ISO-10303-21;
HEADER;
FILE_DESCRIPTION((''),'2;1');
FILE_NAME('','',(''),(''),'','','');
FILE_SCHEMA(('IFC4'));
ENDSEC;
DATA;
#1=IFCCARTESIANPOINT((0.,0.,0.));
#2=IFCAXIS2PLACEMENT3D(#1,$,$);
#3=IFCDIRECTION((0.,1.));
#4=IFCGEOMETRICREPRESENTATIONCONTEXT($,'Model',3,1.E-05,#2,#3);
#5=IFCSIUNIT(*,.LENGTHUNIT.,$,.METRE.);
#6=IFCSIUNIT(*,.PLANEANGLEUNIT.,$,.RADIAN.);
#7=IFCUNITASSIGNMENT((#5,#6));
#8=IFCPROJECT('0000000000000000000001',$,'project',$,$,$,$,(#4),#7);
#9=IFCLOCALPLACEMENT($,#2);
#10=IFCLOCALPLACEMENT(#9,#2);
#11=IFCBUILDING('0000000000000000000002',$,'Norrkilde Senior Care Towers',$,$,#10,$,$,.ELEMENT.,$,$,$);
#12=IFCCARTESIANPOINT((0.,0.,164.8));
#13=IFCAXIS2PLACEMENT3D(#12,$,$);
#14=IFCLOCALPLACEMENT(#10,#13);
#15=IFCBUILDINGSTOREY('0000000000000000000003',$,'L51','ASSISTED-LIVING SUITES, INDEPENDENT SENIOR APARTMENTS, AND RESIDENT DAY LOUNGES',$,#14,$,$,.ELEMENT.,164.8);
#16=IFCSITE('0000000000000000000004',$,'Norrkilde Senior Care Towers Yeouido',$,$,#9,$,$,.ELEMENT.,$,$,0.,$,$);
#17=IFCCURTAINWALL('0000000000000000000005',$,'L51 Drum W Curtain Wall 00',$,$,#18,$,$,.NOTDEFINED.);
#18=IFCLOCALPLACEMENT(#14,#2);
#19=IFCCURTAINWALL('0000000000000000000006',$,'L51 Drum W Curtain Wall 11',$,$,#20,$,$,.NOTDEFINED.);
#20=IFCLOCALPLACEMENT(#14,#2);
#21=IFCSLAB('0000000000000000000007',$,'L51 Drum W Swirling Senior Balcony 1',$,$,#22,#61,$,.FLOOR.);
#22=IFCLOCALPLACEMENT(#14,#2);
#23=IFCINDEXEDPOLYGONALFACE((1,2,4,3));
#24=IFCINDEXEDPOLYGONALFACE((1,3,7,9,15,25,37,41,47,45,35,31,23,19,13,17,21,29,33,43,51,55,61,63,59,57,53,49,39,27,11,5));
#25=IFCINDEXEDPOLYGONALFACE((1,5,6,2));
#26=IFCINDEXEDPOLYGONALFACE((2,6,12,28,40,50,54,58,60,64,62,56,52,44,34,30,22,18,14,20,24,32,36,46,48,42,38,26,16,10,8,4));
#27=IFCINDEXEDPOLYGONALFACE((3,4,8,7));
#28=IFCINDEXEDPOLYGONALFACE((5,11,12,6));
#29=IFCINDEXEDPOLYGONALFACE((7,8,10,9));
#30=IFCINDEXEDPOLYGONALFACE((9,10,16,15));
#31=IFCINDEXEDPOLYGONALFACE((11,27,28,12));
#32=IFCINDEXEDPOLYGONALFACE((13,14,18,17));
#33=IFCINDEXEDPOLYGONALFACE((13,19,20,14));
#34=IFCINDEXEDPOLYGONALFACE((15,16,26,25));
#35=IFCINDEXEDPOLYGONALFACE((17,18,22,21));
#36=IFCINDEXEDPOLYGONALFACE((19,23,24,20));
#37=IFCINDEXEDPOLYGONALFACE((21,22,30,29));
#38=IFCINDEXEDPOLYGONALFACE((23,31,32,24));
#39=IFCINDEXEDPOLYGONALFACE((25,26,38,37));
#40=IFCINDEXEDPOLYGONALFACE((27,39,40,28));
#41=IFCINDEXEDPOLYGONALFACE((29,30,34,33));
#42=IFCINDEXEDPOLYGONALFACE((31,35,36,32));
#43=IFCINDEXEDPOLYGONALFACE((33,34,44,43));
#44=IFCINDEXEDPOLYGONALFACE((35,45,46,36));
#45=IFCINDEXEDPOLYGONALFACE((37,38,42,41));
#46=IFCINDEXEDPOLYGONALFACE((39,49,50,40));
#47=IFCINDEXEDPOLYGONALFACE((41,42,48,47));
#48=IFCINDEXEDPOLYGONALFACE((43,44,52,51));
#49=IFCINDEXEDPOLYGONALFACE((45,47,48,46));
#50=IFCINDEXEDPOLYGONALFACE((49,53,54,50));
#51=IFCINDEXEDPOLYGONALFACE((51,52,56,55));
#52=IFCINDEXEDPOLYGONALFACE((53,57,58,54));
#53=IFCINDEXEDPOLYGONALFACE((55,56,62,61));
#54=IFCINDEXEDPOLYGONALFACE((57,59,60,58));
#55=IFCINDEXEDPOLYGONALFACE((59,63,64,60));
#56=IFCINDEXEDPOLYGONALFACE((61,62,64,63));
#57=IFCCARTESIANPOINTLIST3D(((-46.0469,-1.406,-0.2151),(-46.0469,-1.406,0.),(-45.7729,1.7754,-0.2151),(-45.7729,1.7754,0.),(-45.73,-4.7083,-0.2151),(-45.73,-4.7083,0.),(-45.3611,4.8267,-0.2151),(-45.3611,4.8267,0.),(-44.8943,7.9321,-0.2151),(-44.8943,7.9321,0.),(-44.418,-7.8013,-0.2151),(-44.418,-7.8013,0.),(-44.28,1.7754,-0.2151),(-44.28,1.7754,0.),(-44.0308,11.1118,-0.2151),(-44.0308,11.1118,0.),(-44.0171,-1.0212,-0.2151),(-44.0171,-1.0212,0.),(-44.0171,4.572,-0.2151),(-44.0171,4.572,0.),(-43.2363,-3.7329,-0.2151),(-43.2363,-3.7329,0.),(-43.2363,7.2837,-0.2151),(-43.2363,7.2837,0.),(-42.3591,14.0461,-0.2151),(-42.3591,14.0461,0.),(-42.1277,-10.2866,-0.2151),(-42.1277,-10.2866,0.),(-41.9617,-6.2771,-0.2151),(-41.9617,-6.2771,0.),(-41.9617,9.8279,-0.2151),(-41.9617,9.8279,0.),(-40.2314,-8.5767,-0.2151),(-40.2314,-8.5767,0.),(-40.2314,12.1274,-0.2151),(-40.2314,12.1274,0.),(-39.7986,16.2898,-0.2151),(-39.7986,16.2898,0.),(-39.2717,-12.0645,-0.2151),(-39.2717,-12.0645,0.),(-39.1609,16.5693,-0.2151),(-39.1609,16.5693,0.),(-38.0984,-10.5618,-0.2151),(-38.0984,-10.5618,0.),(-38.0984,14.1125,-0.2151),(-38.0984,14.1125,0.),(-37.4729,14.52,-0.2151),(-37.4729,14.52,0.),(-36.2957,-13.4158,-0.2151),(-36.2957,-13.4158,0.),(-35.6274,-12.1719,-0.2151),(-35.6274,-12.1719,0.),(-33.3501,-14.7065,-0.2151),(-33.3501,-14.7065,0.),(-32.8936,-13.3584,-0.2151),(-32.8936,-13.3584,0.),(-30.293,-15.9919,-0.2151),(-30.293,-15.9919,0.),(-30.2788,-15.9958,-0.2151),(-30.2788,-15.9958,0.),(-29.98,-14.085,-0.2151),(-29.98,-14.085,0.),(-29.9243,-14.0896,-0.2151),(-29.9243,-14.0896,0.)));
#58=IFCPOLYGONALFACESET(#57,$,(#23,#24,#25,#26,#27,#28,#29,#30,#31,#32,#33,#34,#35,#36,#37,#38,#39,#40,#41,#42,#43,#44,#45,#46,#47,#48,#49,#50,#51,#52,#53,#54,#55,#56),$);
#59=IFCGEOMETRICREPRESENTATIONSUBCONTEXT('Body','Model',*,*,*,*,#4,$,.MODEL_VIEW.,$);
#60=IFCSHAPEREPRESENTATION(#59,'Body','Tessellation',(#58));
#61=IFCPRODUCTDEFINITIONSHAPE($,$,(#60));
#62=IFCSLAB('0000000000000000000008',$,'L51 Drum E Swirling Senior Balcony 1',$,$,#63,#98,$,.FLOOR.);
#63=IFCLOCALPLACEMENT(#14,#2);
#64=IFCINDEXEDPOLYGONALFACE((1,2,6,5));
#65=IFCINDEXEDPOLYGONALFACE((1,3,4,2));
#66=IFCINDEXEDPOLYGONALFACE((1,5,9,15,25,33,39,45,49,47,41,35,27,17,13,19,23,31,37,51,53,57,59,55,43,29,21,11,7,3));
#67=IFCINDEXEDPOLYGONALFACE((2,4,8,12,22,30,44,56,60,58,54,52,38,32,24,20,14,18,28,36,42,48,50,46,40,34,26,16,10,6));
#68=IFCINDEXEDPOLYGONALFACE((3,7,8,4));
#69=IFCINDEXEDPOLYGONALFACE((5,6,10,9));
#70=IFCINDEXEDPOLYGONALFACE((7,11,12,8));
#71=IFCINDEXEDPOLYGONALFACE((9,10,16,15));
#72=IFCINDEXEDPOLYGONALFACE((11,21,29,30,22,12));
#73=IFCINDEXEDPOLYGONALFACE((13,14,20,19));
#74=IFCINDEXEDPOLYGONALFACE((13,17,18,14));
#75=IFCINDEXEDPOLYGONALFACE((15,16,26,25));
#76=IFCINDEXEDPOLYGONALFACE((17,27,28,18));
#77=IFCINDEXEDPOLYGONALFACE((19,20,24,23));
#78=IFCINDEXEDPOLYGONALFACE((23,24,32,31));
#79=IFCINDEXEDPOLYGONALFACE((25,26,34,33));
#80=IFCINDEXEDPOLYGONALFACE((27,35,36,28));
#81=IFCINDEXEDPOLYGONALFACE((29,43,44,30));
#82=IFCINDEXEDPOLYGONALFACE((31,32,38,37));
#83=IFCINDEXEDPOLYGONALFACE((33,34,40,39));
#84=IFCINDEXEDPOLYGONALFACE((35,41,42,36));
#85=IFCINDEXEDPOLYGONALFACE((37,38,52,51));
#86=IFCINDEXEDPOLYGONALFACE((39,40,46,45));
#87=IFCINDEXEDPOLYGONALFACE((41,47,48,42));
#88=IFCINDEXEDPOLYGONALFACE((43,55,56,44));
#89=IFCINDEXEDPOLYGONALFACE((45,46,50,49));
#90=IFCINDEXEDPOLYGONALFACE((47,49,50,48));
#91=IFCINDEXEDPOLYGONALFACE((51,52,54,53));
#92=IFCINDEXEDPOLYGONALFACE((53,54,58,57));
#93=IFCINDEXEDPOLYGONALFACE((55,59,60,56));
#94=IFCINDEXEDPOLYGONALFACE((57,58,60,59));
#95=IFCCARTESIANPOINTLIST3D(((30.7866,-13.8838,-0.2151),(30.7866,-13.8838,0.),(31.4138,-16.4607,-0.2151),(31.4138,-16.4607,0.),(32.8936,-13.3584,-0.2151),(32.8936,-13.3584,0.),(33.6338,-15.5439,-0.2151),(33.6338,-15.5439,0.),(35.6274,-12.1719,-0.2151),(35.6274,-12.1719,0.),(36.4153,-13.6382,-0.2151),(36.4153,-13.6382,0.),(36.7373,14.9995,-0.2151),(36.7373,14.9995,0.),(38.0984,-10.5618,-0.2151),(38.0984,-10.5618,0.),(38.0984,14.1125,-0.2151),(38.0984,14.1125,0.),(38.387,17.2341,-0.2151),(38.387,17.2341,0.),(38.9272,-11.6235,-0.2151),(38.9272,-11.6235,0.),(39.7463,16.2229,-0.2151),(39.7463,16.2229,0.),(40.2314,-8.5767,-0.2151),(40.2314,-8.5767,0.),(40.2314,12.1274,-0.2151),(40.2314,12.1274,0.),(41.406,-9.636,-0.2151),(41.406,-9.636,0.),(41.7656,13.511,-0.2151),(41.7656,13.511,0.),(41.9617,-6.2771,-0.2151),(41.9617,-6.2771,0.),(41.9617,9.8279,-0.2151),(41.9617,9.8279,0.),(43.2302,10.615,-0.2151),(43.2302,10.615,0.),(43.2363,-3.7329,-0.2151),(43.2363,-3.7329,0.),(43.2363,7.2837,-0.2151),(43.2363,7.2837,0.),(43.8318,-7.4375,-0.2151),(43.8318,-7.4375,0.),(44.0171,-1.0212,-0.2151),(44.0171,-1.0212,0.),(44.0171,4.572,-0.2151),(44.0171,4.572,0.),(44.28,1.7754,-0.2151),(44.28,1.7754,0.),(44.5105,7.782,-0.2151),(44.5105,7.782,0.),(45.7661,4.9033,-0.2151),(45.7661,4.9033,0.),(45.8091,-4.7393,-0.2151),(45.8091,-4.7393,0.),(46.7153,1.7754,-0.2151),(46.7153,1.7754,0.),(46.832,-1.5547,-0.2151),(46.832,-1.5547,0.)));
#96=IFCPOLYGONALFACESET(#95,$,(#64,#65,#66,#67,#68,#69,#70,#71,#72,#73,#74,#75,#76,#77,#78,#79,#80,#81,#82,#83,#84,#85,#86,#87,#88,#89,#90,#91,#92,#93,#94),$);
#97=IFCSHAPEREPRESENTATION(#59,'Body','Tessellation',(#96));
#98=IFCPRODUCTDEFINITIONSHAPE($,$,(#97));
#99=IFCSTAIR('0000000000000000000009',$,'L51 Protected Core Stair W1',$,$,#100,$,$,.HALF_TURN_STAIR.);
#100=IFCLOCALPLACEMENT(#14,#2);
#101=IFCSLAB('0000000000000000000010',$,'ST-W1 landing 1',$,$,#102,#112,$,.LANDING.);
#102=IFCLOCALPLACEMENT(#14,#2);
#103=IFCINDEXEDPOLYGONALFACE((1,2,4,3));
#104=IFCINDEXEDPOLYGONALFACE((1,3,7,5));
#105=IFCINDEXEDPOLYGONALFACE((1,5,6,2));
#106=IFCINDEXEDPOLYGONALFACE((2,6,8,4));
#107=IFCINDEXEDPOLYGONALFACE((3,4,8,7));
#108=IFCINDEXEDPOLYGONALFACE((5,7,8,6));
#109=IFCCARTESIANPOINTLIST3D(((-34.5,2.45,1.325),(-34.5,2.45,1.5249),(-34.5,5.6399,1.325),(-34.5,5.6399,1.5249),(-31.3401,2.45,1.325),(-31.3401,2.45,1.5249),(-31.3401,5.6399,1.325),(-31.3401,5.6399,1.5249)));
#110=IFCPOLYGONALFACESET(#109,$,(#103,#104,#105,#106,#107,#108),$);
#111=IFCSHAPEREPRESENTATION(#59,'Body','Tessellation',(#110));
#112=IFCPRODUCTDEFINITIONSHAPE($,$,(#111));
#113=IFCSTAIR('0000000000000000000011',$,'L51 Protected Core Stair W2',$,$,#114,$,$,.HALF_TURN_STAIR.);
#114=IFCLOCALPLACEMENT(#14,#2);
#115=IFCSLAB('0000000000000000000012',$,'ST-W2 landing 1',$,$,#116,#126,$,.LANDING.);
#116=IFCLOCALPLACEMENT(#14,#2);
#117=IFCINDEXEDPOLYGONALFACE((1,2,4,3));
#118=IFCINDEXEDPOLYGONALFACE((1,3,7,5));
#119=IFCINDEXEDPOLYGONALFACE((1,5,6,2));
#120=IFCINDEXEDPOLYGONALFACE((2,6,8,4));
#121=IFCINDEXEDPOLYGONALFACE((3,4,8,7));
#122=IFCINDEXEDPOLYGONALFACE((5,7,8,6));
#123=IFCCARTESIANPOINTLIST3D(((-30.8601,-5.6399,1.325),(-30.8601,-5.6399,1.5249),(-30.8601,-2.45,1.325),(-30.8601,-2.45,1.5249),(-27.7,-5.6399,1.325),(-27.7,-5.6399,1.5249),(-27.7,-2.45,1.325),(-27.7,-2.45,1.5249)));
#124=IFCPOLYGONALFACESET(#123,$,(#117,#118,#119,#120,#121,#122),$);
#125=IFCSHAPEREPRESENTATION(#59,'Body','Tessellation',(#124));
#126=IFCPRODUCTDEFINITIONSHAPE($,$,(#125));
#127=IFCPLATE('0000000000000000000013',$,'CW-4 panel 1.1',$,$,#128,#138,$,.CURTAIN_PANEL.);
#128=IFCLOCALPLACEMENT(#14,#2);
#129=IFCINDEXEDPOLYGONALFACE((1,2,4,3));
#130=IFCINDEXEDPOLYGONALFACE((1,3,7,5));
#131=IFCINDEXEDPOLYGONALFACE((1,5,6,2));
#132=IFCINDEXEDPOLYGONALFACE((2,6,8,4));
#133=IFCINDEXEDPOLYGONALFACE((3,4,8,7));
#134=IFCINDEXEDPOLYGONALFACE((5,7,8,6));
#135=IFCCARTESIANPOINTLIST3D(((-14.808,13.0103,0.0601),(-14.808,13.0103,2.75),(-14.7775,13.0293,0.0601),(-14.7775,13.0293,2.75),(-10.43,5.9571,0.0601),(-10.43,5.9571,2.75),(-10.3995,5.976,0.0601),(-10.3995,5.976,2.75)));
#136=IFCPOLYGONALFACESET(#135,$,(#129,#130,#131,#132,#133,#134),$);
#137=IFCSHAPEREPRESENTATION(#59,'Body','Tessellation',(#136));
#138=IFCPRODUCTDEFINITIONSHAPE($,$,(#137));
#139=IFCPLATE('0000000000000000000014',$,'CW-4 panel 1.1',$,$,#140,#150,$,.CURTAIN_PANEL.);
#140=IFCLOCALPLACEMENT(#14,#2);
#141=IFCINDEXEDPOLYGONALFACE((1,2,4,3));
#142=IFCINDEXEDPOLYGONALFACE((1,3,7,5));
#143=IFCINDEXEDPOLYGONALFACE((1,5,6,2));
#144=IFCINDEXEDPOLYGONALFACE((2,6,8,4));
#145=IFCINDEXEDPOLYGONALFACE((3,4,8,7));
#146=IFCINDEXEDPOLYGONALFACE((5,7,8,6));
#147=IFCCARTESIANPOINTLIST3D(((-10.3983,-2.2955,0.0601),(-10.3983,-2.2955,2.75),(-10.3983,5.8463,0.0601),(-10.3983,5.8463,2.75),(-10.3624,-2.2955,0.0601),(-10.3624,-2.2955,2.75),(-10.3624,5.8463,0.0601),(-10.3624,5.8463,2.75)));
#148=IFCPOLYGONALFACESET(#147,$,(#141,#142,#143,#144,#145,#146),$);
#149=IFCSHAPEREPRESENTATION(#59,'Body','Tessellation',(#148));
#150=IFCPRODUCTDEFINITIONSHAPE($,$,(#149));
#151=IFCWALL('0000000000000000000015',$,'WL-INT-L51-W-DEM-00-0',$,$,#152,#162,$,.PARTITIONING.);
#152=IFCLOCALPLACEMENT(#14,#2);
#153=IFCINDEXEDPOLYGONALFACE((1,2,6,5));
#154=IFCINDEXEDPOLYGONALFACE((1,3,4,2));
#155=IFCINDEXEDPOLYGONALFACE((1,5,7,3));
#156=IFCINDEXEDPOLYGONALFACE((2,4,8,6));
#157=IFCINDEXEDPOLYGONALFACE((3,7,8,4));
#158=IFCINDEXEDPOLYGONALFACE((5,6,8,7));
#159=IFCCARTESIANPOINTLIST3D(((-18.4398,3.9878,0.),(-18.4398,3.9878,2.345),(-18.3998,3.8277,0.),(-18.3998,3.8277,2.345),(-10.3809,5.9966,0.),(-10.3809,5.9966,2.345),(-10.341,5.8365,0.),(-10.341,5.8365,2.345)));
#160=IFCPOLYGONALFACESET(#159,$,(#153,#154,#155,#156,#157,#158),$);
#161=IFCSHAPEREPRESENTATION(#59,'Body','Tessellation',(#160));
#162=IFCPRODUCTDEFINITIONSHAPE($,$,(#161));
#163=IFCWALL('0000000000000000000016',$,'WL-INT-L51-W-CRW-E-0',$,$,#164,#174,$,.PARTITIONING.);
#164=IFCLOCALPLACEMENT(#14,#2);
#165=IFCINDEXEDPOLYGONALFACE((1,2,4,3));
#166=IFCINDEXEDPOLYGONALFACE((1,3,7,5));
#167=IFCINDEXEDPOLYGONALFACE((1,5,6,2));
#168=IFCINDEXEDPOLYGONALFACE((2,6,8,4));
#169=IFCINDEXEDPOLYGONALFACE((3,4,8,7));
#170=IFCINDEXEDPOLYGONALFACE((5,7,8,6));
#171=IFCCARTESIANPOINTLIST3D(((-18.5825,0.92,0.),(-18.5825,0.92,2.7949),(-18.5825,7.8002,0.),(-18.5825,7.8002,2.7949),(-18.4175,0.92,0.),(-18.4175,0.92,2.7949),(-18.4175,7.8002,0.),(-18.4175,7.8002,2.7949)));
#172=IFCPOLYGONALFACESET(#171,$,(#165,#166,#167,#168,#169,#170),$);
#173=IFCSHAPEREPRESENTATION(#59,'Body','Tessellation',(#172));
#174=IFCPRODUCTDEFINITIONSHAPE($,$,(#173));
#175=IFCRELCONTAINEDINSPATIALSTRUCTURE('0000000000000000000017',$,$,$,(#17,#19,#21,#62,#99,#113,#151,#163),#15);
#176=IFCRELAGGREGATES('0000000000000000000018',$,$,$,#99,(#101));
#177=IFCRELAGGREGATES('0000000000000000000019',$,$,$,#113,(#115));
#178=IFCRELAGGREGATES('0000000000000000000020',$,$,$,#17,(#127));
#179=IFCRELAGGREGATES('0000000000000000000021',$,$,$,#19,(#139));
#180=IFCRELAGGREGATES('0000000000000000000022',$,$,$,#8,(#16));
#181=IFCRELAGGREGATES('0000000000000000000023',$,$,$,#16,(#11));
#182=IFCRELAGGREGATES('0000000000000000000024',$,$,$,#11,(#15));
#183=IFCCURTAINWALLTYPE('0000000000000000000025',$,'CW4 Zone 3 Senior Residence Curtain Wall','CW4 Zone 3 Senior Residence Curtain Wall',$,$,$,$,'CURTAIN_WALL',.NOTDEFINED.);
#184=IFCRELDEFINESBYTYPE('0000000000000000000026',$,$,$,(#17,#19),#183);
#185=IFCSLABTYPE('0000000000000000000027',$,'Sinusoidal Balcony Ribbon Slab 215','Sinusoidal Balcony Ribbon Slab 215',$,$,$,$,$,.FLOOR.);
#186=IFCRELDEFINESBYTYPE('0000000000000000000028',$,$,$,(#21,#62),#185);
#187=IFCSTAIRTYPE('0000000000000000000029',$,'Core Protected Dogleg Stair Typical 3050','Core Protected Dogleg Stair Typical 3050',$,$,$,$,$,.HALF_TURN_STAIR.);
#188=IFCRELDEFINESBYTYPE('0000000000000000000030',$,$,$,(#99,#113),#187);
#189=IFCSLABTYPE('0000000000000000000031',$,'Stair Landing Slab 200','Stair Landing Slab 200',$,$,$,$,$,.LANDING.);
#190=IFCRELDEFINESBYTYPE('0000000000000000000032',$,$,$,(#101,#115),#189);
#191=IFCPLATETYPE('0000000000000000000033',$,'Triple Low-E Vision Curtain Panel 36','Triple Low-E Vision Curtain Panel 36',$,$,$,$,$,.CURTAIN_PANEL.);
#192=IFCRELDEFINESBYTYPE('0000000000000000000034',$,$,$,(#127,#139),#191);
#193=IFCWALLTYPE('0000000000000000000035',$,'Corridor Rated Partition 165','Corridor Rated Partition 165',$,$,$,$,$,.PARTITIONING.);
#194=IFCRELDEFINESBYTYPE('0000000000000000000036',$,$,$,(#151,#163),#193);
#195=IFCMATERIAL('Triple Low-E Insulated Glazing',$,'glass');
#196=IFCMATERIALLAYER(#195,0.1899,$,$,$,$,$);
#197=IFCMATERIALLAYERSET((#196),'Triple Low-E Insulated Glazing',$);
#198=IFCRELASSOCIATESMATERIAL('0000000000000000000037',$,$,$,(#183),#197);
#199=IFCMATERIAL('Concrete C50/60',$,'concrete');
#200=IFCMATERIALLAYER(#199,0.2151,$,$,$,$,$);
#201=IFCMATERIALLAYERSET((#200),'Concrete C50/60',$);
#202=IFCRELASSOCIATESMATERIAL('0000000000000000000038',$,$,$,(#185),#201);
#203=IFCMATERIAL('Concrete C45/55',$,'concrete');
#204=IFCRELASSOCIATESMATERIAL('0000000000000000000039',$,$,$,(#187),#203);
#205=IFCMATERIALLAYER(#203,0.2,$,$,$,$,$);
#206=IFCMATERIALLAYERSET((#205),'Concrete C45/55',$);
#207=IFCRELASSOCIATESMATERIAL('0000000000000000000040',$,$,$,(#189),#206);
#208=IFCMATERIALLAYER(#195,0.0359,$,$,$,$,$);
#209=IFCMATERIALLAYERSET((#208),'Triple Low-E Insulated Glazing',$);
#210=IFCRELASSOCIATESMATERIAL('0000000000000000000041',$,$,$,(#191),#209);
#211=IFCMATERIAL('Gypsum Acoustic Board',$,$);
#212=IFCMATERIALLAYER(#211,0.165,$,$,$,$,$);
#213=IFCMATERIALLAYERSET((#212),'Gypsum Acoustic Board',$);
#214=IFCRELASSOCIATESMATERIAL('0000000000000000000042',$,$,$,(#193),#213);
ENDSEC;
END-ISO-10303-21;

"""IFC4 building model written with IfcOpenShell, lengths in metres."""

from ifc_helpers import new_model, si_unit, direction, frame, frame_2d, origin, origin_2d, place, context, subcontext, project, spatial, polyline, rectangle, outline, extrude, source, transform, mapped, material, layer, layer_set, type_object, type_shapes, element, aggregate, save


model = new_model("IFC4")

# Units and contexts
model_context = context("Model", 3, precision=1e-05, world=origin(), true_north=direction((0.0, 1.0)))
body_context = subcontext(model_context, "Body", "Model", "MODEL_VIEW")
ifc_project = project(units=[si_unit("LENGTHUNIT", "METRE"), si_unit("PLANEANGLEUNIT", "RADIAN")], contexts=[model_context])

# Site, building, storey
site_placement = place(None, origin())
site = spatial("IfcSite", under=ifc_project, at=site_placement, Name="Norrkilde Senior Care Towers Yeouido", CompositionType="ELEMENT", RefElevation=0.0)
building_placement = place(site_placement, origin())
building = spatial("IfcBuilding", under=site, at=building_placement, Name="Norrkilde Senior Care Towers", CompositionType="ELEMENT")
storey_placement = place(building_placement, frame((0.0, 0.0, 164.8)))
storey = spatial("IfcBuildingStorey", under=building, at=storey_placement, Name="L51", Description="ASSISTED-LIVING SUITES, INDEPENDENT SENIOR APARTMENTS, AND RESIDENT DAY LOUNGES", CompositionType="ELEMENT", Elevation=164.8)

# Shared definitions
ifc_material_1 = material(Name="Concrete C50/60", Category="concrete")

# Curtain wall
ifc_material_2 = material(Name="Triple Low-E Insulated Glazing", Category="glass")
ifc_layer_1 = layer(ifc_material_2, 0.1899)
ifc_layer_set_1 = layer_set([ifc_layer_1], Name="Triple Low-E Insulated Glazing")
curtain_wall_type = type_object("IfcCurtainWallType", Name="CW4 Zone 3 Senior Residence Curtain Wall", Description="CW4 Zone 3 Senior Residence Curtain Wall", ElementType="CURTAIN_WALL", PredefinedType="NOTDEFINED", material=ifc_layer_set_1)
curtain_wall_1_placement = place(storey_placement, origin())
curtain_wall_1 = element("IfcCurtainWall", 1, at=curtain_wall_1_placement, inside=storey, type_object=curtain_wall_type, Name="L51 Drum W Curtain Wall 00", PredefinedType="NOTDEFINED")

# Curtain wall
curtain_wall_2_placement = place(storey_placement, origin())
curtain_wall_2 = element("IfcCurtainWall", 2, at=curtain_wall_2_placement, inside=storey, type_object=curtain_wall_type, Name="L51 Drum W Curtain Wall 11", PredefinedType="NOTDEFINED")

# Slabs
ifc_layer_2 = layer(ifc_material_1, 0.2151)
ifc_layer_set_2 = layer_set([ifc_layer_2], Name="Concrete C50/60")
slab_type_1 = type_object("IfcSlabType", Name="Sinusoidal Balcony Ribbon Slab 215", Description="Sinusoidal Balcony Ribbon Slab 215", PredefinedType="FLOOR", material=ifc_layer_set_2)
slab_1_placement = place(storey_placement, frame((0.0, 0.0, -0.2151)))
element("IfcSlab", 3, at=slab_1_placement, inside=storey, type_object=slab_type_1, Name="L51 Drum W Swirling Senior Balcony 1", PredefinedType="FLOOR", context=body_context, shape_type="SweptSolid", body=[
    extrude(outline(polyline([(-33.3501, -14.7065), (-36.2957, -13.4158), (-39.2717, -12.0645), (-42.1277, -10.2866), (-44.418, -7.8013), (-45.73, -4.7083), (-46.0469, -1.406), (-45.7729, 1.7754), (-45.3611, 4.8267), (-44.8943, 7.9321), (-44.0308, 11.1118), (-42.3591, 14.0461), (-39.7986, 16.2898), (-39.1609, 16.5693), (-37.4729, 14.52), (-38.0984, 14.1125), (-40.2314, 12.1274), (-41.9617, 9.8279), (-43.2363, 7.2837), (-44.0171, 4.572), (-44.28, 1.7754), (-44.0171, -1.0212), (-43.2363, -3.7329), (-41.9617, -6.2771), (-40.2314, -8.5767), (-38.0984, -10.5618), (-35.6274, -12.1719), (-32.8936, -13.3584), (-29.98, -14.085), (-29.9243, -14.0896), (-30.2788, -15.9958), (-30.293, -15.9919), (-33.3501, -14.7065)])), origin(), (0.0, 0.0, 1.0), 0.2151),
])
slab_2_placement = place(storey_placement, frame((0.0, 0.0, -0.2151)))
element("IfcSlab", 4, at=slab_2_placement, inside=storey, type_object=slab_type_1, Name="L51 Drum E Swirling Senior Balcony 1", PredefinedType="FLOOR", context=body_context, shape_type="SweptSolid", body=[
    extrude(outline(polyline([(43.8318, -7.4375), (41.406, -9.636), (38.9272, -11.6235), (36.4153, -13.6382), (33.6338, -15.5439), (31.4138, -16.4607), (30.7866, -13.8838), (32.8936, -13.3584), (35.6274, -12.1719), (38.0984, -10.5618), (40.2314, -8.5767), (41.9617, -6.2771), (43.2363, -3.7329), (44.0171, -1.0212), (44.28, 1.7754), (44.0171, 4.572), (43.2363, 7.2837), (41.9617, 9.8279), (40.2314, 12.1274), (38.0984, 14.1125), (36.7373, 14.9995), (38.387, 17.2341), (39.7463, 16.2229), (41.7656, 13.511), (43.2302, 10.615), (44.5105, 7.782), (45.7661, 4.9033), (46.7153, 1.7754), (46.832, -1.5547), (45.8091, -4.7393), (43.8318, -7.4375)])), origin(), (0.0, 0.0, 1.0), 0.2151),
])

# Stairs, slabs
ifc_material_3 = material(Name="Concrete C45/55", Category="concrete")
stair_type = type_object("IfcStairType", Name="Core Protected Dogleg Stair Typical 3050", Description="Core Protected Dogleg Stair Typical 3050", PredefinedType="HALF_TURN_STAIR", material=ifc_material_3)
stair_1_placement = place(storey_placement, origin())
stair_1 = element("IfcStair", 5, at=stair_1_placement, inside=storey, type_object=stair_type, Name="L51 Protected Core Stair W1", PredefinedType="HALF_TURN_STAIR")
ifc_layer_3 = layer(ifc_material_3, 0.2)
ifc_layer_set_3 = layer_set([ifc_layer_3], Name="Concrete C45/55")
slab_type_2 = type_object("IfcSlabType", Name="Stair Landing Slab 200", Description="Stair Landing Slab 200", PredefinedType="LANDING", material=ifc_layer_set_3)
slab_3_placement = place(storey_placement, frame((0.0, 0.0, 1.325)))
slab_3 = element("IfcSlab", 6, at=slab_3_placement, type_object=slab_type_2, Name="ST-W1 landing 1", PredefinedType="LANDING", context=body_context, shape_type="SweptSolid", body=[
    extrude(outline(polyline([(-31.3401, 5.6399), (-34.5, 5.6399), (-34.5, 2.45), (-31.3401, 2.45), (-31.3401, 5.6399)])), origin(), (0.0, 0.0, 1.0), 0.2),
])
aggregate(stair_1, [slab_3])
stair_2_placement = place(storey_placement, origin())
stair_2 = element("IfcStair", 7, at=stair_2_placement, inside=storey, type_object=stair_type, Name="L51 Protected Core Stair W2", PredefinedType="HALF_TURN_STAIR")
slab_4_placement = place(storey_placement, frame((0.0, 0.0, 1.325)))
slab_4 = element("IfcSlab", 8, at=slab_4_placement, type_object=slab_type_2, Name="ST-W2 landing 1", PredefinedType="LANDING", context=body_context, shape_type="SweptSolid", body=[
    extrude(outline(polyline([(-30.8601, -5.6399), (-27.7, -5.6399), (-27.7, -2.45), (-30.8601, -2.45), (-30.8601, -5.6399)])), origin(), (0.0, 0.0, 1.0), 0.2),
])
aggregate(stair_2, [slab_4])

# Plates
ifc_layer_4 = layer(ifc_material_2, 0.0359)
ifc_layer_set_4 = layer_set([ifc_layer_4], Name="Triple Low-E Insulated Glazing")
plate_type = type_object("IfcPlateType", Name="Triple Low-E Vision Curtain Panel 36", Description="Triple Low-E Vision Curtain Panel 36", PredefinedType="CURTAIN_PANEL", material=ifc_layer_set_4)
shared_shape_1 = source(origin(), body_context, "Body", "SweptSolid", [
    extrude(rectangle(XDim=8.3015, YDim=0.0359, at=origin_2d()), origin(), (0.0, 0.0, 1.0), 2.6899),
])
plate_1_placement = place(storey_placement, frame((-12.6038, 9.4932, 0.0601), z_axis=(0.0, 0.0, 1.0), x_axis=(0.527373, -0.849634, 0.0)))
plate_1 = element("IfcPlate", 9, at=plate_1_placement, type_object=plate_type, Name="CW-4 panel 1.1", PredefinedType="CURTAIN_PANEL", context=body_context, shape_type="MappedRepresentation", body=[
    mapped(shared_shape_1, transform((0.0, 0.0, 0.0), x_axis=(1.0, 0.0, 0.0), y_axis=(0.0, 1.0, 0.0), z_axis=(0.0, 0.0, 1.0), scale=1.0)),
])
aggregate(curtain_wall_1, [plate_1])
shared_shape_2 = source(origin(), body_context, "Body", "SweptSolid", [
    extrude(rectangle(XDim=8.1418, YDim=0.0359, at=origin_2d()), origin(), (0.0, 0.0, 1.0), 2.6899),
])
type_shapes(plate_type, [shared_shape_1, shared_shape_2])
plate_2_placement = place(storey_placement, frame((-10.3804, 1.7754, 0.0601), z_axis=(0.0, 0.0, 1.0), x_axis=(0.0, -1.0, 0.0)))
plate_2 = element("IfcPlate", 10, at=plate_2_placement, type_object=plate_type, Name="CW-4 panel 1.1", PredefinedType="CURTAIN_PANEL", context=body_context, shape_type="MappedRepresentation", body=[
    mapped(shared_shape_2, transform((0.0, 0.0, 0.0), x_axis=(1.0, 0.0, 0.0), y_axis=(0.0, 1.0, 0.0), z_axis=(0.0, 0.0, 1.0), scale=1.0)),
])
aggregate(curtain_wall_2, [plate_2])

# Walls
ifc_material_4 = material(Name="Gypsum Acoustic Board")
ifc_layer_5 = layer(ifc_material_4, 0.165)
ifc_layer_set_5 = layer_set([ifc_layer_5], Name="Gypsum Acoustic Board")
wall_type = type_object("IfcWallType", Name="Corridor Rated Partition 165", Description="Corridor Rated Partition 165", PredefinedType="PARTITIONING", material=ifc_layer_set_5)
shared_shape_3 = source(origin(), body_context, "Body", "SweptSolid", [
    extrude(rectangle(XDim=8.3054, YDim=0.165, at=frame_2d((4.1528, 0.0))), origin(), (0.0, 0.0, 1.0), 2.345),
])
wall_1_placement = place(storey_placement, frame((-18.4199, 3.9077, 0.0), z_axis=(0.0, 0.0, 1.0), x_axis=(0.97031, 0.241865, 0.0)))
element("IfcWall", 11, at=wall_1_placement, inside=storey, type_object=wall_type, Name="WL-INT-L51-W-DEM-00-0", PredefinedType="PARTITIONING", context=body_context, shape_type="MappedRepresentation", body=[
    mapped(shared_shape_3, transform((0.0, 0.0, 0.0), x_axis=(1.0, 0.0, 0.0), y_axis=(0.0, 1.0, 0.0), z_axis=(0.0, 0.0, 1.0), scale=1.0)),
])
shared_shape_4 = source(origin(), body_context, "Body", "SweptSolid", [
    extrude(rectangle(XDim=6.8801, YDim=0.165, at=frame_2d((3.4399, 0.0))), origin(), (0.0, 0.0, 1.0), 2.7949),
])
wall_2_placement = place(storey_placement, frame((-18.5, 7.8, 0.0), z_axis=(0.0, 0.0, 1.0), x_axis=(0.0, -1.0, 0.0)))
element("IfcWall", 12, at=wall_2_placement, inside=storey, type_object=wall_type, Name="WL-INT-L51-W-CRW-E-0", PredefinedType="PARTITIONING", context=body_context, shape_type="MappedRepresentation", body=[
    mapped(shared_shape_4, transform((0.0, 0.0, 0.0), x_axis=(1.0, 0.0, 0.0), y_axis=(0.0, 1.0, 0.0), z_axis=(0.0, 0.0, 1.0), scale=1.0)),
])

save(model, "model.ifc")
